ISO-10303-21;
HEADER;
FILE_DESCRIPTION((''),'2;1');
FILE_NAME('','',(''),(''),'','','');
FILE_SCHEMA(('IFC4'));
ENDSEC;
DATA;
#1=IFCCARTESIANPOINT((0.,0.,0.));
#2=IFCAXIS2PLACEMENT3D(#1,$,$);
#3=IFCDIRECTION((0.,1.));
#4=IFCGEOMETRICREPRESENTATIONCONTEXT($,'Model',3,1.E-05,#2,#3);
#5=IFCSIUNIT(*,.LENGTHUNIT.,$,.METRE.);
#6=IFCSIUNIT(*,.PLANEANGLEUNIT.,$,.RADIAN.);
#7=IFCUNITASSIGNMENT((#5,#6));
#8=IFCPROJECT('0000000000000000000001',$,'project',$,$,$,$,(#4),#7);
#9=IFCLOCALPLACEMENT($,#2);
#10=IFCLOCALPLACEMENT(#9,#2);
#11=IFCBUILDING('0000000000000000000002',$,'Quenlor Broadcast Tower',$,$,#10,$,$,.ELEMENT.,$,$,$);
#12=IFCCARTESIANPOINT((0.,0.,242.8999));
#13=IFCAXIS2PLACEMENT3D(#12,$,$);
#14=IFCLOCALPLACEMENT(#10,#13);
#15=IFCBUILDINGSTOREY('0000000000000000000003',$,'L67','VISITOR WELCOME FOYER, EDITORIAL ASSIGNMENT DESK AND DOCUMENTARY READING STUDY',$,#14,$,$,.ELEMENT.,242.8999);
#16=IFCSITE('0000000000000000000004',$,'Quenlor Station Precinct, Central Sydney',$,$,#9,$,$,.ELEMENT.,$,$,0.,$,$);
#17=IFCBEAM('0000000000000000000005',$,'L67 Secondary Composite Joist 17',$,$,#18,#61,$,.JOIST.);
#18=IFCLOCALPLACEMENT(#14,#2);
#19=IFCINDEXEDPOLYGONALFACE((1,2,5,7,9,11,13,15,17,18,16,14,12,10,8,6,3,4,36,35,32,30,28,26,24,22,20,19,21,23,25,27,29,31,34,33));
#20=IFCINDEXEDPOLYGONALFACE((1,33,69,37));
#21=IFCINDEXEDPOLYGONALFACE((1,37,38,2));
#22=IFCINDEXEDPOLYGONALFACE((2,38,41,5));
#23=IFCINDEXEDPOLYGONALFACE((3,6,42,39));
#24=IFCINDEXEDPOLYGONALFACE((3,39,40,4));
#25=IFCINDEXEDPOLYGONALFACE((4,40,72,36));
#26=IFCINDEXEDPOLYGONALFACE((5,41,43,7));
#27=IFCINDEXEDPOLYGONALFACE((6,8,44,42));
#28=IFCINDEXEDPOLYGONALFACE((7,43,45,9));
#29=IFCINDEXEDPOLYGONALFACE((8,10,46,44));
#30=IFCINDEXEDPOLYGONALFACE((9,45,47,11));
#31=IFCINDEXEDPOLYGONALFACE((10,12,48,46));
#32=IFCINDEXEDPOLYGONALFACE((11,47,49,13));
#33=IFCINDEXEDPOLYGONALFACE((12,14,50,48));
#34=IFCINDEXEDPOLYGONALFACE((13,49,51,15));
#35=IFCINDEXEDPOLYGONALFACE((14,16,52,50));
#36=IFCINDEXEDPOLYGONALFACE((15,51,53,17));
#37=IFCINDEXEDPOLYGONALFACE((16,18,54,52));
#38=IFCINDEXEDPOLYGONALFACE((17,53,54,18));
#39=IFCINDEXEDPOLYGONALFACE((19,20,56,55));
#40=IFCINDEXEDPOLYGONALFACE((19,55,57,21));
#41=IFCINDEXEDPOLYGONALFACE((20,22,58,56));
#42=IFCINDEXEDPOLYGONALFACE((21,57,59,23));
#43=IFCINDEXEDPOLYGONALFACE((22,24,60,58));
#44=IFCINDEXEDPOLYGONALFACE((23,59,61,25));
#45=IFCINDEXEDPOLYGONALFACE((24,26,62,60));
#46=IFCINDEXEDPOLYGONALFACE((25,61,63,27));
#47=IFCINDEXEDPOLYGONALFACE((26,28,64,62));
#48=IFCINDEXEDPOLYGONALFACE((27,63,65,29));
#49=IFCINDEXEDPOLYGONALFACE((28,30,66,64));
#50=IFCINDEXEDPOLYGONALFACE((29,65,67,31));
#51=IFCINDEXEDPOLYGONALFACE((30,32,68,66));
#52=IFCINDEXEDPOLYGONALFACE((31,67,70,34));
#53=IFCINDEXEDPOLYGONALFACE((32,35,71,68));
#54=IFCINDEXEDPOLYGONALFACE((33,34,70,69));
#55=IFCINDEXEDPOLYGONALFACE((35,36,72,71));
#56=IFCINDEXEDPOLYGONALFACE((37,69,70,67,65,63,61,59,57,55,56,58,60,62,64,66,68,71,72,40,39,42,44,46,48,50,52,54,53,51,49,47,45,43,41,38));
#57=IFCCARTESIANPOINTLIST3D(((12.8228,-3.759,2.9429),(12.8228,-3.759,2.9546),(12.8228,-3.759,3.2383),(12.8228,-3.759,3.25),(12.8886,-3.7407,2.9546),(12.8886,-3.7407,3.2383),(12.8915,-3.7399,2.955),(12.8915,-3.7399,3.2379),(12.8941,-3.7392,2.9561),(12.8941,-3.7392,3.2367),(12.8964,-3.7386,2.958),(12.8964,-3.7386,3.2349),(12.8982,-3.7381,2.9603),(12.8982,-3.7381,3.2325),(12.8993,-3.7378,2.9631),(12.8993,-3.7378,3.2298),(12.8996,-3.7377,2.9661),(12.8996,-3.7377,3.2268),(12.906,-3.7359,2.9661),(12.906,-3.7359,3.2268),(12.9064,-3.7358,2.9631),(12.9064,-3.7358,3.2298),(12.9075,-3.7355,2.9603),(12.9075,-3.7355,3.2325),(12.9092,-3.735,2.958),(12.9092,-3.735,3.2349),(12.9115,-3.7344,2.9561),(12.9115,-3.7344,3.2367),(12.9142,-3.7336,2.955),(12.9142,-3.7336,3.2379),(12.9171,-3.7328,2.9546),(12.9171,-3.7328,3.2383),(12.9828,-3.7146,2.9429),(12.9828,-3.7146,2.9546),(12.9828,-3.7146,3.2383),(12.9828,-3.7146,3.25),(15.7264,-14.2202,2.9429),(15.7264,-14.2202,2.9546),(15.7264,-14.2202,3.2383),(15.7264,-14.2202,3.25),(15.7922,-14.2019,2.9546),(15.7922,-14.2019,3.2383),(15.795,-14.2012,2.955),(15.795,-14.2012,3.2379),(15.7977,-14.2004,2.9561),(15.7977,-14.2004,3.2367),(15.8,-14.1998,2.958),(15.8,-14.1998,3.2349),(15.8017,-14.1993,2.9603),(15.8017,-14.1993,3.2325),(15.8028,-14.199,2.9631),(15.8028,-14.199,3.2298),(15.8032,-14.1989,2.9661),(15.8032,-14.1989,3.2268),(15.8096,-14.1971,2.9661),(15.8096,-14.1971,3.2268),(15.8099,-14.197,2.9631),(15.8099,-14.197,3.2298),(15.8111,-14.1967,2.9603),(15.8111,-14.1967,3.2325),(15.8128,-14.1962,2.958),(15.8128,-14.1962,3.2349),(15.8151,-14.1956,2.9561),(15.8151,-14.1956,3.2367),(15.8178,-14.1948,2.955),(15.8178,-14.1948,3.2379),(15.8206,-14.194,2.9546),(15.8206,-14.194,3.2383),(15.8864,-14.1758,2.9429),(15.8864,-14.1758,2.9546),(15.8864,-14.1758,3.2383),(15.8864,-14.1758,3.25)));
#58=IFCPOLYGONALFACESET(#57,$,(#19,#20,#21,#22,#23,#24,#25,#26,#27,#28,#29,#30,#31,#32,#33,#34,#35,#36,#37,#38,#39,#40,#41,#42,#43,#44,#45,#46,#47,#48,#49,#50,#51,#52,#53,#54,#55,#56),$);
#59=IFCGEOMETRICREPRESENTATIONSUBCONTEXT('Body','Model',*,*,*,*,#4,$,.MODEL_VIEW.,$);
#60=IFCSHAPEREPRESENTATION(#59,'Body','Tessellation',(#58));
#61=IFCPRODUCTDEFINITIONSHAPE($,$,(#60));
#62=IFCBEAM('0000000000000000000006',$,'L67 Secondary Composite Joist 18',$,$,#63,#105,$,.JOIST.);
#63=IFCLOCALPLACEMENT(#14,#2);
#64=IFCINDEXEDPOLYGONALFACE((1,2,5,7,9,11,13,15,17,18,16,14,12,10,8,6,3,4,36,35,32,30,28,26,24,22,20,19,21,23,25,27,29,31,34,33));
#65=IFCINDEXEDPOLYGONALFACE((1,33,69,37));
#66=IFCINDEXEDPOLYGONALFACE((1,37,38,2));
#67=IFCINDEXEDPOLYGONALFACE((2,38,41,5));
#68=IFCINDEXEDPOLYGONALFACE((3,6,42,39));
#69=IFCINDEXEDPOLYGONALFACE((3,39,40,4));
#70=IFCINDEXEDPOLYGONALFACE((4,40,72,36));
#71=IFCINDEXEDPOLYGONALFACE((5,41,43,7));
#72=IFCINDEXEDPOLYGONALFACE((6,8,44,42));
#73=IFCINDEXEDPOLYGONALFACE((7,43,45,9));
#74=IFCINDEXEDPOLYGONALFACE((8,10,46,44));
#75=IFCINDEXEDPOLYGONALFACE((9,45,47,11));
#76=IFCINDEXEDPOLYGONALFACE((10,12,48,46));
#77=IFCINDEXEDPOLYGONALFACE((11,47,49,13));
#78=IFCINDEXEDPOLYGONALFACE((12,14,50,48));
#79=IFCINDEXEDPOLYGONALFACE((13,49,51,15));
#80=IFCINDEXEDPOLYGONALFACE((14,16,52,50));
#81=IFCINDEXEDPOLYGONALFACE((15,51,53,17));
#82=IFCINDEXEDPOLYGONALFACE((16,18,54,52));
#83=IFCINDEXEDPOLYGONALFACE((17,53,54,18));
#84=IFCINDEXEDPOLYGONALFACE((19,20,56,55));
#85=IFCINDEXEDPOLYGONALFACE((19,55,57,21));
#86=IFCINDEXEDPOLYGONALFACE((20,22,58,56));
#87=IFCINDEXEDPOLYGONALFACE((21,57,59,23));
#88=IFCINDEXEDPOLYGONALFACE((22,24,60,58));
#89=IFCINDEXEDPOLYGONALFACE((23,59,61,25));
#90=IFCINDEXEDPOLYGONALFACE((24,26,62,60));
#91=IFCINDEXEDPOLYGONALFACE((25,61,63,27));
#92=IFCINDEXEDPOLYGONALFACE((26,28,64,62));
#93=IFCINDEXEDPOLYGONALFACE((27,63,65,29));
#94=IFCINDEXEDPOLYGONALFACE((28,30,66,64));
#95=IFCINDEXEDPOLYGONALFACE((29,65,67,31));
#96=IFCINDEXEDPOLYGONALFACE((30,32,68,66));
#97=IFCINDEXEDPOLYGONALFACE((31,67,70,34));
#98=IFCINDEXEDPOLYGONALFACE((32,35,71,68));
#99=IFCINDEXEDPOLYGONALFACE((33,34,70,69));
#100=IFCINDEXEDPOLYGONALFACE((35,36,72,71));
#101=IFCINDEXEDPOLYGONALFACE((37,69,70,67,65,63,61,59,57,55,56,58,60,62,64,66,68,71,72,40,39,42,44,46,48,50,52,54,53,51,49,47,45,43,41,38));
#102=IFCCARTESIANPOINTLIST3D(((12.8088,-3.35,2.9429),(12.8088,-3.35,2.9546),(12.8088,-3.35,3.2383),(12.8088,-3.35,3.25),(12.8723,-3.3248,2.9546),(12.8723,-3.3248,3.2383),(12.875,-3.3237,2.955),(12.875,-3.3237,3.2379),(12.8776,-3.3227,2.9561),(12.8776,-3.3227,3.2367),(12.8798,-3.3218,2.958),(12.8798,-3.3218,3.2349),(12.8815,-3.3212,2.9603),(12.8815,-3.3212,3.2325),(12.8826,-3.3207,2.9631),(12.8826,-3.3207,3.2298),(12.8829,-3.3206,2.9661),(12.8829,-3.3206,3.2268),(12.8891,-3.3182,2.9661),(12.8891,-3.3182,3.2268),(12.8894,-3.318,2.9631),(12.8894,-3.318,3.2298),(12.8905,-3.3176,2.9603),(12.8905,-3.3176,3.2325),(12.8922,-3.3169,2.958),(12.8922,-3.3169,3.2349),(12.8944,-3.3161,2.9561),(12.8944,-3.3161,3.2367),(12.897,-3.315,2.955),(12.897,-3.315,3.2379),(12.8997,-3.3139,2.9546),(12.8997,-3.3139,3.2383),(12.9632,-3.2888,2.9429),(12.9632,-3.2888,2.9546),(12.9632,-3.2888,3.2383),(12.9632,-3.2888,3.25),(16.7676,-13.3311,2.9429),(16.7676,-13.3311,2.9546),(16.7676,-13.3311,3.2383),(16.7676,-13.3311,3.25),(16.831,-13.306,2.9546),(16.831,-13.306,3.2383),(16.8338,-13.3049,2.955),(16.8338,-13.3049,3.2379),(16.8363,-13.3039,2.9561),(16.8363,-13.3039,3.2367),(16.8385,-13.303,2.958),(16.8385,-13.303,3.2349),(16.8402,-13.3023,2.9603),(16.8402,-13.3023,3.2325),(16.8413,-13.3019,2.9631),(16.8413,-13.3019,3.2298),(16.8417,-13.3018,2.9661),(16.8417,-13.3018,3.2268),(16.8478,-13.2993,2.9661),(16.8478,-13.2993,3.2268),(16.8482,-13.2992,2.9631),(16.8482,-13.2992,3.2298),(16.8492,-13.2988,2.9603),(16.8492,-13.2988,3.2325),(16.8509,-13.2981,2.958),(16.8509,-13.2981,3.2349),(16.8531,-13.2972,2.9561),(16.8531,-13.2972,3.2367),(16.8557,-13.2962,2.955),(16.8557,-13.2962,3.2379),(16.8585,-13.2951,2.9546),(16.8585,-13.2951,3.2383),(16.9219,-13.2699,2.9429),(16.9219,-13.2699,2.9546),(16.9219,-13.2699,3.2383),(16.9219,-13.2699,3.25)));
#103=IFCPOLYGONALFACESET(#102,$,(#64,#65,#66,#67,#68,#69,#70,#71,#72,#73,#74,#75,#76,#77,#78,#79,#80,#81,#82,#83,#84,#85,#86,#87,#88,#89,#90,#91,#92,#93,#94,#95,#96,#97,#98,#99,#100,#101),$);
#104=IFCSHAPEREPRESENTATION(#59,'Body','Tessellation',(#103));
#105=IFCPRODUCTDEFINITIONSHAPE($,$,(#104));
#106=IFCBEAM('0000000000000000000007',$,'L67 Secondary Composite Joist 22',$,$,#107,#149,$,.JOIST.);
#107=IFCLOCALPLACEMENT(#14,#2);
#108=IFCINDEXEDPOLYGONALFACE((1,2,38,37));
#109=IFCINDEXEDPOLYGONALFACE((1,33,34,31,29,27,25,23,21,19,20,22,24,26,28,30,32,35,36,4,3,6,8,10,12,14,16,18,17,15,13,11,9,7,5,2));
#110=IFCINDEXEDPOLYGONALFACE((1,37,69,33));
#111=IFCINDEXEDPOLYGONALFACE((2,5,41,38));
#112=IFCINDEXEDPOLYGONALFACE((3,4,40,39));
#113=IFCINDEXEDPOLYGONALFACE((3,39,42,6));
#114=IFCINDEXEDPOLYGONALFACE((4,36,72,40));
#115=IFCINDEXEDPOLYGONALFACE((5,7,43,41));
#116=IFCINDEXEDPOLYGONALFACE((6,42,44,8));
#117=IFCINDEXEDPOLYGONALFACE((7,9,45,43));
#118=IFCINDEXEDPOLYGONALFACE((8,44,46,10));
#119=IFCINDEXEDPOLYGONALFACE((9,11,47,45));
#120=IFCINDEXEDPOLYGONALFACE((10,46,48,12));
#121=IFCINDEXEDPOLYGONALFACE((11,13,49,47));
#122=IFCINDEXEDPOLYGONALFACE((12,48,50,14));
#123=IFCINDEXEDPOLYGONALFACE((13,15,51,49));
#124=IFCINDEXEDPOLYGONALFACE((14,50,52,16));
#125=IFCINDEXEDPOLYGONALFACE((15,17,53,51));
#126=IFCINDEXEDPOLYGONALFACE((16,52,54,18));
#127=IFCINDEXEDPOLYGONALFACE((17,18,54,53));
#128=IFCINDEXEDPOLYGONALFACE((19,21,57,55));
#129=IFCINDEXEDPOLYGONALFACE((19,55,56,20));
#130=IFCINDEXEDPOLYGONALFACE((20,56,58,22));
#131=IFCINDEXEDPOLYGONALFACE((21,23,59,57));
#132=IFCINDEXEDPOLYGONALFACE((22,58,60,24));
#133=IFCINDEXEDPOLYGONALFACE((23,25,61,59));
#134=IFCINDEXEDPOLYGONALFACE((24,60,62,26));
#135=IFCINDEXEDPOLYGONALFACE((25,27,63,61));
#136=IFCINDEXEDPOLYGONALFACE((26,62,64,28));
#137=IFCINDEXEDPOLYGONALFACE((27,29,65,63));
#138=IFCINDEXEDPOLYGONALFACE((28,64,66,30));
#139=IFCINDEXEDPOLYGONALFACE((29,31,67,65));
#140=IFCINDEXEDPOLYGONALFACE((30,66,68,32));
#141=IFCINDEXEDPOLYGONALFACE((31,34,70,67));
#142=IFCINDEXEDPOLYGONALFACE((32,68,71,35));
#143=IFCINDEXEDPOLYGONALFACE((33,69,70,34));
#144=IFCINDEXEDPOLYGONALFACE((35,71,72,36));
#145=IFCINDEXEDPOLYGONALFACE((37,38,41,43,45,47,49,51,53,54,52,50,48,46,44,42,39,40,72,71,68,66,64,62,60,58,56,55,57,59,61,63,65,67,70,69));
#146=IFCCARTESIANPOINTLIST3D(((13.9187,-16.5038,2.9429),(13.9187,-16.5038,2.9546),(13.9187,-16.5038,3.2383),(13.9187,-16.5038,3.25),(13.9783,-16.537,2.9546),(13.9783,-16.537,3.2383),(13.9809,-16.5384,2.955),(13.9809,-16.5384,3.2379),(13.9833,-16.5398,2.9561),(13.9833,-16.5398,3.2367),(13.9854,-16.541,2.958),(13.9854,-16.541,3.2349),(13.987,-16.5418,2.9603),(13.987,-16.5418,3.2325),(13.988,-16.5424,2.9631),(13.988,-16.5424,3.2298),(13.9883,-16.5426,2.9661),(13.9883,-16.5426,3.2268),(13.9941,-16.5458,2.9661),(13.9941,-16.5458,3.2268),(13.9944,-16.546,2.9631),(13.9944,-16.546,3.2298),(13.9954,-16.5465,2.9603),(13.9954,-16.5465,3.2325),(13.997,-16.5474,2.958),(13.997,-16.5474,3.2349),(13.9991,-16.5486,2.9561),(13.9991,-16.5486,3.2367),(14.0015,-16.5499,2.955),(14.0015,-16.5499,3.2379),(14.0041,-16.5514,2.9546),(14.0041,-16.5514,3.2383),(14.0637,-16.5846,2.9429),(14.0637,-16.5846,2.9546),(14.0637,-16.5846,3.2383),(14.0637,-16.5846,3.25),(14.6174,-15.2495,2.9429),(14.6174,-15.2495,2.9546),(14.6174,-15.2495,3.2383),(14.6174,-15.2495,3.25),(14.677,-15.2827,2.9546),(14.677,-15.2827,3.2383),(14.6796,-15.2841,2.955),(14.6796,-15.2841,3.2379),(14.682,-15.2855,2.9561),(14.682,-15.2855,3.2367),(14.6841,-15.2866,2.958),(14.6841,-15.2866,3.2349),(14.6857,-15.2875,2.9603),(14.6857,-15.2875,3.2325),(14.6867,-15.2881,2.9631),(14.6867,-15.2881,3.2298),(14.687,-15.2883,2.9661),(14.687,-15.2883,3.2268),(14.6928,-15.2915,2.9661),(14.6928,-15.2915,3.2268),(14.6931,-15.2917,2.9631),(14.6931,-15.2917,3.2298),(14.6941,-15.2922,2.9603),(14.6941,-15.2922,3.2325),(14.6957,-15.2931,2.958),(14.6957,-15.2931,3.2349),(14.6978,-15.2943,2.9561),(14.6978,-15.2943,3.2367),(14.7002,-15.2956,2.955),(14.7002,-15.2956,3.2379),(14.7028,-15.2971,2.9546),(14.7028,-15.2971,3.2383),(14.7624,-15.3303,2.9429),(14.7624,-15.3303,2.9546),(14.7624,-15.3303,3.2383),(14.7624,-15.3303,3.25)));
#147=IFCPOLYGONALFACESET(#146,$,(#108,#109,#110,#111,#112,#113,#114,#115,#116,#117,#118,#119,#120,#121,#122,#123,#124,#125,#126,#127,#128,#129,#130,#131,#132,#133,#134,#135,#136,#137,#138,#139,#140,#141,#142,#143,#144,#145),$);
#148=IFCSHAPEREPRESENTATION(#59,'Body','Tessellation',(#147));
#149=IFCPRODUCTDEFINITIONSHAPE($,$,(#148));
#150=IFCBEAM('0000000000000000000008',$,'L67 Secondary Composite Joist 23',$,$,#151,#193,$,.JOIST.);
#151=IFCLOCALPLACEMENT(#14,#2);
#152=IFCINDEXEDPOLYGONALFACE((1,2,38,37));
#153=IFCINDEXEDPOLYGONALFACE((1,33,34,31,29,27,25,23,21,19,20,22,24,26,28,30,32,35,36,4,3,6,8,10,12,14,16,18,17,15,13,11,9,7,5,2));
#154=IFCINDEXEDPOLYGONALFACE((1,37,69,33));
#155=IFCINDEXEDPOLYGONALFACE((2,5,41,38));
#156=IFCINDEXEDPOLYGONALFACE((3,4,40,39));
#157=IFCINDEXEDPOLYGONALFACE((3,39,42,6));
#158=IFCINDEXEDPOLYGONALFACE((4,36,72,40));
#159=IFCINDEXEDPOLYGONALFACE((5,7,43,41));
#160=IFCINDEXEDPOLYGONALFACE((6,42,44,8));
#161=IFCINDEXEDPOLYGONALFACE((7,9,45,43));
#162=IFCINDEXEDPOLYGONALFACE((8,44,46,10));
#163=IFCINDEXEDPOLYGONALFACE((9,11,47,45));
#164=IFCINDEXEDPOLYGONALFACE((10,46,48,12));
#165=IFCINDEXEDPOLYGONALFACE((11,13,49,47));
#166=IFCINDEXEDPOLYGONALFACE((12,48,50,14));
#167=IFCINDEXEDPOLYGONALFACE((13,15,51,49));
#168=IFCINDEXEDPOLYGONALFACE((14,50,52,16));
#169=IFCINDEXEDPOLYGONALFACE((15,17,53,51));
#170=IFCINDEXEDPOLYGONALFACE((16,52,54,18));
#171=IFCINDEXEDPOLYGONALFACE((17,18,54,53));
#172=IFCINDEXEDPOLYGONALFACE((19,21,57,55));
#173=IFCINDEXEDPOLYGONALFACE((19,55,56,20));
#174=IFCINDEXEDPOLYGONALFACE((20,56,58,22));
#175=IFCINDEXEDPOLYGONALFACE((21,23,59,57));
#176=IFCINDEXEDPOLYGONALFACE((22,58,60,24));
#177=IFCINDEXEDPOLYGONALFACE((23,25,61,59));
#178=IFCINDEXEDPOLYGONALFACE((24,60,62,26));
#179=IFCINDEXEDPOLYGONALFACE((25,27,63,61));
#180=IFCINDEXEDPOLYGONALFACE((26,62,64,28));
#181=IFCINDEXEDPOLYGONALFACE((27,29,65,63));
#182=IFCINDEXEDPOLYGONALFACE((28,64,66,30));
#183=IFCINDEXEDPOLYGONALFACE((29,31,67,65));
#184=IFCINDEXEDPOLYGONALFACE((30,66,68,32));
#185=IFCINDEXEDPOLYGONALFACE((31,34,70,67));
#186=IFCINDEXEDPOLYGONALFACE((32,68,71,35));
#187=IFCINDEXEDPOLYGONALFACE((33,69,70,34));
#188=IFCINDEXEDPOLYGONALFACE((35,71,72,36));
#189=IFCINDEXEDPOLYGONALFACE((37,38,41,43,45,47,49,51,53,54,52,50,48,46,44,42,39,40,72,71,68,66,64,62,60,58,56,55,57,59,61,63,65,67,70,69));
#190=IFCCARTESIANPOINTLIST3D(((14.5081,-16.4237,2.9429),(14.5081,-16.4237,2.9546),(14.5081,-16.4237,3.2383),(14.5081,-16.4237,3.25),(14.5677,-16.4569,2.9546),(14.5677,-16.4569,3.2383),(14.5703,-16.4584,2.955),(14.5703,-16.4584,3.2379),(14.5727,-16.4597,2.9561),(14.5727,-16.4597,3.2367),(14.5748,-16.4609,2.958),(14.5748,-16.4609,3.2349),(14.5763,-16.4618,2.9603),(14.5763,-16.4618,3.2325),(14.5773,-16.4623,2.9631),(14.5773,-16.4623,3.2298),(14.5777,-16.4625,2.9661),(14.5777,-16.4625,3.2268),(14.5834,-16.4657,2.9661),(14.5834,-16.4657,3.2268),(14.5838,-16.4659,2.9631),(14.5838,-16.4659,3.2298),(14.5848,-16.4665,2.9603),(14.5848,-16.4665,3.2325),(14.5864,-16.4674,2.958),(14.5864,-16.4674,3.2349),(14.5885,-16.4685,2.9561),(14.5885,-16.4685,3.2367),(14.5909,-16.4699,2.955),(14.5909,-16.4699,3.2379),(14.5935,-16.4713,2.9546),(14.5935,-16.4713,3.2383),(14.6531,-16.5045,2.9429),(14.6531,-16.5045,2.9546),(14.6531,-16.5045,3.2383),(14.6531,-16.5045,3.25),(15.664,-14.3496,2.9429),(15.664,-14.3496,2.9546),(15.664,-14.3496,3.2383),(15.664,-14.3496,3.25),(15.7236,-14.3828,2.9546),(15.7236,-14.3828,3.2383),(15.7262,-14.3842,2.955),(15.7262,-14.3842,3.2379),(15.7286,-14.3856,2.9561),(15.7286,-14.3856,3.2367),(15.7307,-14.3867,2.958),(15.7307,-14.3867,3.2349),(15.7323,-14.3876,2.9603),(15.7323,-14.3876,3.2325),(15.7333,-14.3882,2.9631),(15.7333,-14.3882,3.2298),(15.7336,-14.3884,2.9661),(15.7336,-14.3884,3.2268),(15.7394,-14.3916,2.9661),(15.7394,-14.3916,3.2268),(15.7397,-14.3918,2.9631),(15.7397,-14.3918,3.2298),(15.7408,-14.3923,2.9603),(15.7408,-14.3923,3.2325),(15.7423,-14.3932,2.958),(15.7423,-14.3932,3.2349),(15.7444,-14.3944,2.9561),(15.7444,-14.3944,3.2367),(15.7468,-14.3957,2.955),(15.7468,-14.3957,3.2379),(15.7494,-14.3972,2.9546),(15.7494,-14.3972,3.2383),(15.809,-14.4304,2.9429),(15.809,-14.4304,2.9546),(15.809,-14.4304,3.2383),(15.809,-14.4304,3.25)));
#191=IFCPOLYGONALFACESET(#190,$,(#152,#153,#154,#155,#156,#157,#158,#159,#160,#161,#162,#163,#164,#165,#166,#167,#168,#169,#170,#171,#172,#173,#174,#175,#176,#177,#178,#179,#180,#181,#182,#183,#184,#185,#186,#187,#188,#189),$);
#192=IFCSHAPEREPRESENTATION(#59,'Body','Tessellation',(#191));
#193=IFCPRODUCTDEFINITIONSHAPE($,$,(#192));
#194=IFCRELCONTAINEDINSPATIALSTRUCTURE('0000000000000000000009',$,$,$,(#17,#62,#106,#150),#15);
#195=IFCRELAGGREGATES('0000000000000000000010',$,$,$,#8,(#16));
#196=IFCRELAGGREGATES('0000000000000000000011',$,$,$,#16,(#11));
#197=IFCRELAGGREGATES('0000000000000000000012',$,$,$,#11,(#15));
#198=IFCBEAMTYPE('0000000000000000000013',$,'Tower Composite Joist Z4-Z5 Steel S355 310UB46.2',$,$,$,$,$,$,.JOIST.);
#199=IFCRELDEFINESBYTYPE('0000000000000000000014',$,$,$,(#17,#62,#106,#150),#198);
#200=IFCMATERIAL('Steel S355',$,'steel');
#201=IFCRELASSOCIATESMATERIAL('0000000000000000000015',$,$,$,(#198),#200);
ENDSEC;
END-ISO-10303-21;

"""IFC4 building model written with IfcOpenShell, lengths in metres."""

from ifc_helpers import new_model, si_unit, direction, frame, origin, origin_2d, place, context, subcontext, project, spatial, i_section, extrude, material, material_profile, profile_set, type_object, element, save


model = new_model("IFC4")

# Units and contexts
model_context = context("Model", 3, precision=1e-05, world=origin(), true_north=direction((0.0, 1.0)))
body_context = subcontext(model_context, "Body", "Model", "MODEL_VIEW")
ifc_project = project(units=[si_unit("LENGTHUNIT", "METRE"), si_unit("PLANEANGLEUNIT", "RADIAN")], contexts=[model_context])

# Site, building, storey
site_placement = place(None, origin())
site = spatial("IfcSite", under=ifc_project, at=site_placement, Name="Quenlor Station Precinct, Central Sydney", CompositionType="ELEMENT", RefElevation=0.0)
building_placement = place(site_placement, origin())
building = spatial("IfcBuilding", under=site, at=building_placement, Name="Quenlor Broadcast Tower", CompositionType="ELEMENT")
storey_placement = place(building_placement, frame((0.0, 0.0, 242.8999)))
storey = spatial("IfcBuildingStorey", under=building, at=storey_placement, Name="L67", Description="VISITOR WELCOME FOYER, EDITORIAL ASSIGNMENT DESK AND DOCUMENTARY READING STUDY", CompositionType="ELEMENT", Elevation=242.8999)

# Beams
ifc_material_1 = material(Name="Steel S355", Category="steel")
ifc_material_profile_1 = material_profile(ifc_material_1, i_section(OverallWidth=0.166, OverallDepth=0.3071, WebThickness=0.0066, FlangeThickness=0.0117, FilletRadius=0.0115, at=origin_2d()))
ifc_profile_set_1 = profile_set([ifc_material_profile_1], Name="Steel S355 310UB46.2")
beam_type_1 = type_object("IfcBeamType", Name="Tower Composite Joist Z4-Z5 Steel S355 310UB46.2", PredefinedType="JOIST", material=ifc_profile_set_1)
beam_1_placement = place(storey_placement, frame((15.8064, -14.198, 3.0964), z_axis=(-0.267446, 0.963573, 0.0), x_axis=(-0.963573, -0.267446, 0.0)))
element("IfcBeam", 1, at=beam_1_placement, inside=storey, type_object=beam_type_1, Name="L67 Secondary Composite Joist 17", PredefinedType="JOIST", context=body_context, shape_type="SweptSolid", body=[
    extrude(i_section(OverallWidth=0.166, OverallDepth=0.3071, WebThickness=0.0066, FlangeThickness=0.0117, FilletRadius=0.0115, at=origin_2d()), origin(), (0.0, 0.0, 1.0), 10.8567),
])
beam_2_placement = place(storey_placement, frame((16.8447, -13.3005, 3.0964), z_axis=(-0.36868, 0.929556, 0.0), x_axis=(-0.929556, -0.36868, 0.0)))
element("IfcBeam", 2, at=beam_2_placement, inside=storey, type_object=beam_type_1, Name="L67 Secondary Composite Joist 18", PredefinedType="JOIST", context=body_context, shape_type="SweptSolid", body=[
    extrude(i_section(OverallWidth=0.166, OverallDepth=0.3071, WebThickness=0.0066, FlangeThickness=0.0117, FilletRadius=0.0115, at=origin_2d()), origin(), (0.0, 0.0, 1.0), 10.7375),
])
beam_3_placement = place(storey_placement, frame((13.9912, -16.5442, 3.0964), z_axis=(0.486624, 0.873611, 0.0), x_axis=(-0.873611, 0.486624, 0.0)))
element("IfcBeam", 3, at=beam_3_placement, inside=storey, type_object=beam_type_1, Name="L67 Secondary Composite Joist 22", PredefinedType="JOIST", context=body_context, shape_type="SweptSolid", body=[
    extrude(i_section(OverallWidth=0.166, OverallDepth=0.3071, WebThickness=0.0066, FlangeThickness=0.0117, FilletRadius=0.0115, at=origin_2d()), origin(), (0.0, 0.0, 1.0), 1.4358),
])
beam_4_placement = place(storey_placement, frame((14.5806, -16.4641, 3.0964), z_axis=(0.486821, 0.873502, 0.0), x_axis=(-0.873502, 0.486821, 0.0)))
element("IfcBeam", 4, at=beam_4_placement, inside=storey, type_object=beam_type_1, Name="L67 Secondary Composite Joist 23", PredefinedType="JOIST", context=body_context, shape_type="SweptSolid", body=[
    extrude(i_section(OverallWidth=0.166, OverallDepth=0.3071, WebThickness=0.0066, FlangeThickness=0.0117, FilletRadius=0.0115, at=origin_2d()), origin(), (0.0, 0.0, 1.0), 2.3745),
])

save(model, "model.ifc")
